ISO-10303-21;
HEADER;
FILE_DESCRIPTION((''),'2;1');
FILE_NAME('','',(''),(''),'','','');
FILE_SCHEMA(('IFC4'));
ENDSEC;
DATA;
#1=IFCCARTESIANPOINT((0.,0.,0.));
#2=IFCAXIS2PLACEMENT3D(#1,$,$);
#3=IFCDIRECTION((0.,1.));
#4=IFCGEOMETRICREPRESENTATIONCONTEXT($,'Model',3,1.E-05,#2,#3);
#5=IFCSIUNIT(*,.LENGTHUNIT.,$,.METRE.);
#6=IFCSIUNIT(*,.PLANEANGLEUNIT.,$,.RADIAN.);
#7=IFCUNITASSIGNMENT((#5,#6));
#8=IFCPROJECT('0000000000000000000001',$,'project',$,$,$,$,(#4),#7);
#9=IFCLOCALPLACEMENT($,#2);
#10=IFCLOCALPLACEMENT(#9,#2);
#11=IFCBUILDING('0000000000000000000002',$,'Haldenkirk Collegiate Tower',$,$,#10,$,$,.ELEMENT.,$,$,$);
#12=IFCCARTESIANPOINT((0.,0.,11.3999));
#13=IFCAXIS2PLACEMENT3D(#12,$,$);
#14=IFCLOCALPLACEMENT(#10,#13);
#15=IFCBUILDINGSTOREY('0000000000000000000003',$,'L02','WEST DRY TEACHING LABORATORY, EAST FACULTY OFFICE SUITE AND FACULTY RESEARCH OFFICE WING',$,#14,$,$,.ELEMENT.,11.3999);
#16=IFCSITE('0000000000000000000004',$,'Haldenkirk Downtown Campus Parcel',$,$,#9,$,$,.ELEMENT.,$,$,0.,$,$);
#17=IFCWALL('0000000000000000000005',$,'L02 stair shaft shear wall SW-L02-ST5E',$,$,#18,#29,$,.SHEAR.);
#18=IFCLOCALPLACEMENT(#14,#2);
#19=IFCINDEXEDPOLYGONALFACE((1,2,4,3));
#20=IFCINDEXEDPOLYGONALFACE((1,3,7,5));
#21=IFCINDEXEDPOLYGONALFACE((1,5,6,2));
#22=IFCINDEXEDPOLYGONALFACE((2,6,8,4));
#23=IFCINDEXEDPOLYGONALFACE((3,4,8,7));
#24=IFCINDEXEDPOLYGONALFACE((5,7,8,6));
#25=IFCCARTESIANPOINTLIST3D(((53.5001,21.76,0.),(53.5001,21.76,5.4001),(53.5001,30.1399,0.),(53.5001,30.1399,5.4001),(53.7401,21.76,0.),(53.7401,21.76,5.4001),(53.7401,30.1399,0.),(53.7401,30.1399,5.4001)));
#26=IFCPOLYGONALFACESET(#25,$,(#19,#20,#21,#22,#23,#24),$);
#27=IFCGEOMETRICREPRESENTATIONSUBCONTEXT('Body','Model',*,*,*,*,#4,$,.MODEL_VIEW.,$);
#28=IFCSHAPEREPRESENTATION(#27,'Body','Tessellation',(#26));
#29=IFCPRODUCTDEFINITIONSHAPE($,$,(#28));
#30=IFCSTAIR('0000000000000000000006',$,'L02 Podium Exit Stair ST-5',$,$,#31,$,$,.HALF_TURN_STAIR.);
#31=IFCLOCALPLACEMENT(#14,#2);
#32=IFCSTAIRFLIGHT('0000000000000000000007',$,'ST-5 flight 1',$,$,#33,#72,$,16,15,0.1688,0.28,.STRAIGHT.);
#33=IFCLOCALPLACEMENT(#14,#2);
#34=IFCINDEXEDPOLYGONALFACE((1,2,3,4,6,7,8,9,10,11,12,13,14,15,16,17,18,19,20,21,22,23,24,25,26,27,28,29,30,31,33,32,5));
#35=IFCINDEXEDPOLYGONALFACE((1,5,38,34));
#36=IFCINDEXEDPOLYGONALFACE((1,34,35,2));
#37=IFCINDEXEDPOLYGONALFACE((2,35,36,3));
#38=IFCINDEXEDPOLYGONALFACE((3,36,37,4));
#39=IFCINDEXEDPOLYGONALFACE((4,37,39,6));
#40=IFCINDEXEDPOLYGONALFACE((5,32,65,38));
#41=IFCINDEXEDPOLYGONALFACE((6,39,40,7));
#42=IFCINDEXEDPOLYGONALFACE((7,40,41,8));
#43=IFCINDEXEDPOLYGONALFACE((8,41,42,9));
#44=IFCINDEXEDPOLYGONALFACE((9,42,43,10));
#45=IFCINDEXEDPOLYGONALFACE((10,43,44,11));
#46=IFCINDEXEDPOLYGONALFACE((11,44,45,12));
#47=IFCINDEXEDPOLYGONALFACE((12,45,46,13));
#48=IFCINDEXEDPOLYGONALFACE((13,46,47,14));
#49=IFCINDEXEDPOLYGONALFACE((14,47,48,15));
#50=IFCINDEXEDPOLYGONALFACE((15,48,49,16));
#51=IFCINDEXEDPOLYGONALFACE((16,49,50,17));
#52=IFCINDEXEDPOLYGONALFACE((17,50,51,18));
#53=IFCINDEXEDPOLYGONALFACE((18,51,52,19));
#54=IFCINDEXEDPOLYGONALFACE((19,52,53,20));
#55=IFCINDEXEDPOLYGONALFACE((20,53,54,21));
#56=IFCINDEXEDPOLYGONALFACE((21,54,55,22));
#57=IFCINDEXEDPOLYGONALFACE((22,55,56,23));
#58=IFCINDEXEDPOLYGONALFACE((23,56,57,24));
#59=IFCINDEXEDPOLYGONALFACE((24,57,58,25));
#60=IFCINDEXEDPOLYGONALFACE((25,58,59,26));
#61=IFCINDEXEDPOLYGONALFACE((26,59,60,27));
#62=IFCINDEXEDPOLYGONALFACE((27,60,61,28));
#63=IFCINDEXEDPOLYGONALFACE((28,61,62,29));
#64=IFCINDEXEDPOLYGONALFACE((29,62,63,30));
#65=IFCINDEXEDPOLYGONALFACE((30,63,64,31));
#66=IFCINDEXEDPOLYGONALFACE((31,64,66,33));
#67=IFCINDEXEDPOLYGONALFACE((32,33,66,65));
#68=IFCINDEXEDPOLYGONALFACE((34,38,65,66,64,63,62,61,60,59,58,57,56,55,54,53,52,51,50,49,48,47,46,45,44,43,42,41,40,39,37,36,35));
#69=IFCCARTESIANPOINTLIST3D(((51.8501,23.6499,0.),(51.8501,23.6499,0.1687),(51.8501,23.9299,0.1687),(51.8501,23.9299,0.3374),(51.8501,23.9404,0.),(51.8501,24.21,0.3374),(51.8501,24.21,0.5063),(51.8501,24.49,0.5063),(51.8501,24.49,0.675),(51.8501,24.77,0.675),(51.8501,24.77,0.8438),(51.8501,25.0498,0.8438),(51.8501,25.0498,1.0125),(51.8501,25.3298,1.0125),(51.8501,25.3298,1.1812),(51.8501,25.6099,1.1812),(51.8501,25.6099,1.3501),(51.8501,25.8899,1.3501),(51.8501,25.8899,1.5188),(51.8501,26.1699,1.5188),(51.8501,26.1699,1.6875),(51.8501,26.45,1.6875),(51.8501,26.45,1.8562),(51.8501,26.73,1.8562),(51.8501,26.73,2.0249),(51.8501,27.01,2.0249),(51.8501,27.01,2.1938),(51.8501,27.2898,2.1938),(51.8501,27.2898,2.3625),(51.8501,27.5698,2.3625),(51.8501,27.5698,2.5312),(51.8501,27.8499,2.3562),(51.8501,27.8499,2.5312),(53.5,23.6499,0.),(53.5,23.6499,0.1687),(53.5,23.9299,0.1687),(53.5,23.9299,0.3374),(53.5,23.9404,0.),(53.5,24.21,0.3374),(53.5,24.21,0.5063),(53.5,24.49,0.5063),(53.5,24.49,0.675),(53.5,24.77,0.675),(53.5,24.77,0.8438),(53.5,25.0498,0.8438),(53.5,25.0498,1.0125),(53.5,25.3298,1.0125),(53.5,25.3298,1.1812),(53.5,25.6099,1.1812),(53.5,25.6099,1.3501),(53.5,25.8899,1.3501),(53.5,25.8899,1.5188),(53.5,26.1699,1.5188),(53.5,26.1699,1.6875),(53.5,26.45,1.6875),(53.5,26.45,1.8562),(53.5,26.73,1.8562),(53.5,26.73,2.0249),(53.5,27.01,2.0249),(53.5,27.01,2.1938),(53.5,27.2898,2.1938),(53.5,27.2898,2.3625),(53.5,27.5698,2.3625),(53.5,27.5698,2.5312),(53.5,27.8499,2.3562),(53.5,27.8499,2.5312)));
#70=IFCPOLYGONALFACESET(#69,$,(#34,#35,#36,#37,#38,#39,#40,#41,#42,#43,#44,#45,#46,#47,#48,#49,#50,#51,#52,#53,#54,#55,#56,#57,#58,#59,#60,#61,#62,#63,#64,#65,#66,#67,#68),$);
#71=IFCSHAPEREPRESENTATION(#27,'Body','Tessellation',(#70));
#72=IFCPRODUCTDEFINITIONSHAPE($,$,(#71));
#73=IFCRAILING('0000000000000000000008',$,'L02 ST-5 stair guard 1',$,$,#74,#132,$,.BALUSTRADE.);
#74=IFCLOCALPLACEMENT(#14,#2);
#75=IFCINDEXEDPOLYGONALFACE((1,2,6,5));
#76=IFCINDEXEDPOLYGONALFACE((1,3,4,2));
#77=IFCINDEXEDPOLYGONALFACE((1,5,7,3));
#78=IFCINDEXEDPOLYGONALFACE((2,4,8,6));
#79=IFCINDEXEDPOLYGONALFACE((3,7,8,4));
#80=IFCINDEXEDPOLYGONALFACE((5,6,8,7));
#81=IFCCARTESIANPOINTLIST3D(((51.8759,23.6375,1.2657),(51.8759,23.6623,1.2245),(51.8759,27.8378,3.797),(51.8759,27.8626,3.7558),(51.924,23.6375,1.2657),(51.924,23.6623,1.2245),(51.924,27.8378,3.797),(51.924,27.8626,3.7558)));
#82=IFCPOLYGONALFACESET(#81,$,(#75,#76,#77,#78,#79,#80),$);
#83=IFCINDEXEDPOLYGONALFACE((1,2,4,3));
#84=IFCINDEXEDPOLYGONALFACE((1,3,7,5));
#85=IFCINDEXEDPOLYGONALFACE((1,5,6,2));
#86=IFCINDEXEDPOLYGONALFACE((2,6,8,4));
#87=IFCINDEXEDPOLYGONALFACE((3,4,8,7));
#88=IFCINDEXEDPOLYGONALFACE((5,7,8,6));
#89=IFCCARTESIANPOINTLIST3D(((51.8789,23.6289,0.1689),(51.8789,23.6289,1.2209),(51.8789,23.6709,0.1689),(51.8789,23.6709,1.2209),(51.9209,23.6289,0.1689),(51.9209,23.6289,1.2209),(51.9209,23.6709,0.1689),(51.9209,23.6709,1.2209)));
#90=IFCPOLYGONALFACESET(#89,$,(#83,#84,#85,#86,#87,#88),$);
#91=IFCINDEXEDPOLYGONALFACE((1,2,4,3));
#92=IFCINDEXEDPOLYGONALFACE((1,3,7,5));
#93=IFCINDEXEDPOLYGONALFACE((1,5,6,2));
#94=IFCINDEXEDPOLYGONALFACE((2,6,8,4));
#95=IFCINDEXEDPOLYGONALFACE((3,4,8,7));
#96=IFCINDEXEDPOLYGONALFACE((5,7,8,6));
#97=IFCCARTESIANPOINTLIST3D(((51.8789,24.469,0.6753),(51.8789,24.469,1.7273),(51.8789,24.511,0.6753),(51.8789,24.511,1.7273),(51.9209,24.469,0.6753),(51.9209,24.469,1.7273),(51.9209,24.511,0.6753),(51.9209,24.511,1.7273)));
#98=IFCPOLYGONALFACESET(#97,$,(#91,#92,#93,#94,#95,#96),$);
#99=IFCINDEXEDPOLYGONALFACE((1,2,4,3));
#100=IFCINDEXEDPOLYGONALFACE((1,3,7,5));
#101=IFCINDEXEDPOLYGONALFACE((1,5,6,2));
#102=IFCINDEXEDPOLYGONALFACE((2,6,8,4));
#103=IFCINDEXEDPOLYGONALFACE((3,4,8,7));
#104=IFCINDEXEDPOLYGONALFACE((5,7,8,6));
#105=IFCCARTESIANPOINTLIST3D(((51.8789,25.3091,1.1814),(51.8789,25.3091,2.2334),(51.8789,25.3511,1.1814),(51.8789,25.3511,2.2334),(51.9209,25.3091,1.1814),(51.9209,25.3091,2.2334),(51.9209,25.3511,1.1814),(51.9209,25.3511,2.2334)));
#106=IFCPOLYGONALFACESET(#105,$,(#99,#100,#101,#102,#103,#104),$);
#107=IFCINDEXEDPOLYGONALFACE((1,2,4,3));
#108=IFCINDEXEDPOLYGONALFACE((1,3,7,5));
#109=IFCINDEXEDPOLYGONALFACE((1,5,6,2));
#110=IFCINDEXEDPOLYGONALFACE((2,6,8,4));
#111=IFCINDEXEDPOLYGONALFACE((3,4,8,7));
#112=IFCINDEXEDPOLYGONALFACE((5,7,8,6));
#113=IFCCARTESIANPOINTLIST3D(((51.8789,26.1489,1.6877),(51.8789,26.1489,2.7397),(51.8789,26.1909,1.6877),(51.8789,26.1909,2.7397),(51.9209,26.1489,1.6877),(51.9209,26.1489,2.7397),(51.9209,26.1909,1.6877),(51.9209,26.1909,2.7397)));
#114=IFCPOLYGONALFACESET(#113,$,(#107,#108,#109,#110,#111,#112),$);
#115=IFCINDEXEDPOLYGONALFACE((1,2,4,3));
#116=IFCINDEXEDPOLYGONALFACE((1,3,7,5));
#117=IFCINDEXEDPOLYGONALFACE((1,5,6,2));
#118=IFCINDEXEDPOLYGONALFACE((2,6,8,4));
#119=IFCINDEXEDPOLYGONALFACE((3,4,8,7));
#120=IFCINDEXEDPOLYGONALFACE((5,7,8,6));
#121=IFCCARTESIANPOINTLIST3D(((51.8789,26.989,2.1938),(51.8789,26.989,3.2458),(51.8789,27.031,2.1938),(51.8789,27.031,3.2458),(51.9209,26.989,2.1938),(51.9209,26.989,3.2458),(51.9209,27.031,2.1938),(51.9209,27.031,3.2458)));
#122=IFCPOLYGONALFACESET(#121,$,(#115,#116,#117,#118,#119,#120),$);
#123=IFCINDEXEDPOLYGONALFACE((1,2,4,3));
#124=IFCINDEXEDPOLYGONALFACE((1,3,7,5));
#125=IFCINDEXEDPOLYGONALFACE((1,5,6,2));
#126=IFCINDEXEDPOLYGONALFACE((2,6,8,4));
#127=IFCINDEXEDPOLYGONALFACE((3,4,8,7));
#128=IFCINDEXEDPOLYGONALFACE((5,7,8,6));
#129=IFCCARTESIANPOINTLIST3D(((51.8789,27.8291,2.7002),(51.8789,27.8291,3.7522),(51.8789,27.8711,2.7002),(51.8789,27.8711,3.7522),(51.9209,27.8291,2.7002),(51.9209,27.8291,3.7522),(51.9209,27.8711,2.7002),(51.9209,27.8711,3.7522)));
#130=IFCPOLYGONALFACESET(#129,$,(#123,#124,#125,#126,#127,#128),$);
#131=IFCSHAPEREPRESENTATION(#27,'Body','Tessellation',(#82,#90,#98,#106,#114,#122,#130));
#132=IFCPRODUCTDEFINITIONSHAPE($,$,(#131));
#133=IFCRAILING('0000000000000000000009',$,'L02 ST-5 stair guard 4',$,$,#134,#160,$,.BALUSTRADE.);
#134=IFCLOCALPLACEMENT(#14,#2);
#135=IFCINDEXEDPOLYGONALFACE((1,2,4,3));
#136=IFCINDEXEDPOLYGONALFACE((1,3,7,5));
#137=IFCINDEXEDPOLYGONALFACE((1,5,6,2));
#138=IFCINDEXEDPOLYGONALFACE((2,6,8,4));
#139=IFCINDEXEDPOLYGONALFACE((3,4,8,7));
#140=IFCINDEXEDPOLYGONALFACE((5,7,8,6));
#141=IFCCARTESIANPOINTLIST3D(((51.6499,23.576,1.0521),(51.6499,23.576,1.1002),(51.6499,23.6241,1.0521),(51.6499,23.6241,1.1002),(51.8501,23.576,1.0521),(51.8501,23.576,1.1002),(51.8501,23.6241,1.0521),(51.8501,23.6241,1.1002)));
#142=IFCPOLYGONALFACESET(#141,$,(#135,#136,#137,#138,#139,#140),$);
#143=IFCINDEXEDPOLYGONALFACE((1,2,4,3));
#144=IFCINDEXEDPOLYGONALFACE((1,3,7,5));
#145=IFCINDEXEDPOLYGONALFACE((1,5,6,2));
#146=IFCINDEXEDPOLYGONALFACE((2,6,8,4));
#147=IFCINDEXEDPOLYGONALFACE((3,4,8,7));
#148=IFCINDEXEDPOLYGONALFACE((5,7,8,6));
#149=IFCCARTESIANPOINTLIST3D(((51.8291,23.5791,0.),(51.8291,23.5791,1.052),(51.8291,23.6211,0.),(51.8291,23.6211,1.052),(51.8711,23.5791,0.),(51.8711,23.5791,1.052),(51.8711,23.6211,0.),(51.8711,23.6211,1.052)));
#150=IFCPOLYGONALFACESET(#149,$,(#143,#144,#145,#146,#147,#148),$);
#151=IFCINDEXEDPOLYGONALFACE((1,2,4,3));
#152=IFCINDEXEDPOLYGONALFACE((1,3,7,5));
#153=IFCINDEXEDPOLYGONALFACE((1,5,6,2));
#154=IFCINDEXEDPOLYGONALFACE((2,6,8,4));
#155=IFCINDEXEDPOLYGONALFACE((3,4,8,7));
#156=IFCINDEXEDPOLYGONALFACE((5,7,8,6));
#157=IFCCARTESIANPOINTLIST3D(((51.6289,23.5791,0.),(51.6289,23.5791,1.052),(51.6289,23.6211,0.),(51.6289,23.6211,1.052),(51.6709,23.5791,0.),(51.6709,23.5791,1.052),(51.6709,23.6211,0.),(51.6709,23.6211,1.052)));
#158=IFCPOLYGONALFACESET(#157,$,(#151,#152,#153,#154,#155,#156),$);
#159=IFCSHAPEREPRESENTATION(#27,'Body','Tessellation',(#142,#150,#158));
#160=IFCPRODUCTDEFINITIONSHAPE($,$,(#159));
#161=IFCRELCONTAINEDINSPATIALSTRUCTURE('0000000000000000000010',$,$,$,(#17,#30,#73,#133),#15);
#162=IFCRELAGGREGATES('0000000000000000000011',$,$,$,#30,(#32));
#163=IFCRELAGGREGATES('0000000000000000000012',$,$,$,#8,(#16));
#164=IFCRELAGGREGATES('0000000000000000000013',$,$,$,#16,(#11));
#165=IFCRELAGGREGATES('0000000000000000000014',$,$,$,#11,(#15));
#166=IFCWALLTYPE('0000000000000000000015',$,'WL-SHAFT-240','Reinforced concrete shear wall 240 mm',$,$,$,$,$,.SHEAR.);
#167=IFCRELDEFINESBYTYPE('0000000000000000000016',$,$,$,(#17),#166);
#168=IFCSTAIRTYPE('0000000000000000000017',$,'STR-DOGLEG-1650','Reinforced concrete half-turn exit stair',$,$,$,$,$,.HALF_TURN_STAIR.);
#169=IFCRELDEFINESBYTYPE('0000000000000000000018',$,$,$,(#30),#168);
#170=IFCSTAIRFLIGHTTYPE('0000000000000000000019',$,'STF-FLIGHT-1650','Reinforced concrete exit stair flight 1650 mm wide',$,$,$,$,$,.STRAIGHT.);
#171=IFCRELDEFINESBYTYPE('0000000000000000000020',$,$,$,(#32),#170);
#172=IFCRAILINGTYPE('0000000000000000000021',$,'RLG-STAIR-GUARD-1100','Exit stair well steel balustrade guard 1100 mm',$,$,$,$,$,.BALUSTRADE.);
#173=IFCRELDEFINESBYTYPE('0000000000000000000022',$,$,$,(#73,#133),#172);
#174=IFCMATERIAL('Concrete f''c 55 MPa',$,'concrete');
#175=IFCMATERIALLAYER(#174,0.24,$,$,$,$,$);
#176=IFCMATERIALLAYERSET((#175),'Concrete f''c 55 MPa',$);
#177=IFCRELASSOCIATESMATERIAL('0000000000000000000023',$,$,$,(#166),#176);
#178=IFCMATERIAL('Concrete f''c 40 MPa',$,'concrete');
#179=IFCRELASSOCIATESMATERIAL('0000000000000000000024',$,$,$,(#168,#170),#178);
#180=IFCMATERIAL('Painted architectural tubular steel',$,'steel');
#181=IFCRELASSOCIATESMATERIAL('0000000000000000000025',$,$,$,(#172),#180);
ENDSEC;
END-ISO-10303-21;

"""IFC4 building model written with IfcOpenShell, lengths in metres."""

from ifc_helpers import new_model, si_unit, direction, frame, frame_2d, origin, origin_2d, place, context, subcontext, project, spatial, polyline, rectangle, outline, extrude, material, layer, layer_set, type_object, element, aggregate, save


model = new_model("IFC4")

# Units and contexts
model_context = context("Model", 3, precision=1e-05, world=origin(), true_north=direction((0.0, 1.0)))
body_context = subcontext(model_context, "Body", "Model", "MODEL_VIEW")
ifc_project = project(units=[si_unit("LENGTHUNIT", "METRE"), si_unit("PLANEANGLEUNIT", "RADIAN")], contexts=[model_context])

# Site, building, storey
site_placement = place(None, origin())
site = spatial("IfcSite", under=ifc_project, at=site_placement, Name="Haldenkirk Downtown Campus Parcel", CompositionType="ELEMENT", RefElevation=0.0)
building_placement = place(site_placement, origin())
building = spatial("IfcBuilding", under=site, at=building_placement, Name="Haldenkirk Collegiate Tower", CompositionType="ELEMENT")
storey_placement = place(building_placement, frame((0.0, 0.0, 11.3999)))
storey = spatial("IfcBuildingStorey", under=building, at=storey_placement, Name="L02", Description="WEST DRY TEACHING LABORATORY, EAST FACULTY OFFICE SUITE AND FACULTY RESEARCH OFFICE WING", CompositionType="ELEMENT", Elevation=11.3999)

# Wall
ifc_material_1 = material(Name="Concrete f'c 55 MPa", Category="concrete")
ifc_layer_1 = layer(ifc_material_1, 0.24)
ifc_layer_set_1 = layer_set([ifc_layer_1], Name="Concrete f'c 55 MPa")
wall_type_1 = type_object("IfcWallType", Name="WL-SHAFT-240", Description="Reinforced concrete shear wall 240 mm", PredefinedType="SHEAR", material=ifc_layer_set_1)
for number, where, z_axis, x_axis, name in (
    (1, (53.6201, 21.76, 0.0), (0.0, 0.0, 1.0), (0.0, 1.0, 0.0), "L02 stair shaft shear wall SW-L02-ST5E"),
):
    element("IfcWall", number, at=place(storey_placement, frame(where, z_axis=z_axis, x_axis=x_axis)), inside=storey, type_object=wall_type_1, Name=name, PredefinedType="SHEAR", context=body_context, shape_type="SweptSolid", body=[
        extrude(rectangle(XDim=8.3799, YDim=0.24, at=frame_2d((4.1899, 0.0))), origin(), (0.0, 0.0, 1.0), 5.4001),
    ])

# Stair, stair flight
ifc_material_2 = material(Name="Concrete f'c 40 MPa", Category="concrete")
stair_type = type_object("IfcStairType", Name="STR-DOGLEG-1650", Description="Reinforced concrete half-turn exit stair", PredefinedType="HALF_TURN_STAIR", material=ifc_material_2)
stair_placement = place(storey_placement, origin())
stair = element("IfcStair", 2, at=stair_placement, inside=storey, type_object=stair_type, Name="L02 Podium Exit Stair ST-5", PredefinedType="HALF_TURN_STAIR")
stair_flight_type = type_object("IfcStairFlightType", Name="STF-FLIGHT-1650", Description="Reinforced concrete exit stair flight 1650 mm wide", PredefinedType="STRAIGHT", material=ifc_material_2)
stair_flight_placement = place(storey_placement, frame((52.675, 23.6499, 0.0), z_axis=(0.0, 0.0, 1.0), x_axis=(0.0, 1.0, 0.0)))
stair_flight = element("IfcStairFlight", 3, at=stair_flight_placement, type_object=stair_flight_type, Name="ST-5 flight 1", NumberOfRisers=16, NumberOfTreads=15, PredefinedType="STRAIGHT", RiserHeight=0.1688, TreadLength=0.28, context=body_context, shape_type="SweptSolid", body=[
    extrude(outline(polyline([(0.0, 0.0), (0.0, 0.1687), (0.28, 0.1687), (0.28, 0.3374), (0.5601, 0.3374), (0.5601, 0.5063), (0.8401, 0.5063), (0.8401, 0.675), (1.1201, 0.675), (1.1201, 0.8438), (1.3999, 0.8438), (1.3999, 1.0125), (1.6799, 1.0125), (1.6799, 1.1812), (1.96, 1.1812), (1.96, 1.3501), (2.24, 1.3501), (2.24, 1.5188), (2.52, 1.5188), (2.52, 1.6875), (2.8, 1.6875), (2.8, 1.8562), (3.0801, 1.8562), (3.0801, 2.0249), (3.3601, 2.0249), (3.3601, 2.1938), (3.6399, 2.1938), (3.6399, 2.3625), (3.9199, 2.3625), (3.9199, 2.5312), (4.2, 2.5312), (4.2, 2.7), (4.2, 2.3562), (0.2905, 0.0), (0.0, 0.0)])), frame((0.0, 0.825, 0.0), z_axis=(0.0, -1.0, 0.0), x_axis=(1.0, 0.0, 0.0)), (0.0, 0.0, 1.0), 1.6499),
])
aggregate(stair, [stair_flight])

# Railings
ifc_material_3 = material(Name="Painted architectural tubular steel", Category="steel")
railing_type_1 = type_object("IfcRailingType", Name="RLG-STAIR-GUARD-1100", Description="Exit stair well steel balustrade guard 1100 mm", PredefinedType="BALUSTRADE", material=ifc_material_3)
railing_1_placement = place(storey_placement, frame((51.8999, 23.6499, 0.1689)))
element("IfcRailing", 4, at=railing_1_placement, inside=storey, type_object=railing_type_1, Name="L02 ST-5 stair guard 1", PredefinedType="BALUSTRADE", context=body_context, shape_type="SweptSolid", body=[
    extrude(rectangle(XDim=0.0481, YDim=0.0481, at=origin_2d()), frame((0.0, 0.0, 1.0762), z_axis=(0.0, 0.85649, 0.516164), x_axis=(-1.0, 0.0, 0.0)), (0.0, 0.0, 1.0), 4.9041),
    extrude(rectangle(XDim=0.042, YDim=0.042, at=origin_2d()), origin(), (0.0, 0.0, 1.0), 1.052),
    extrude(rectangle(XDim=0.042, YDim=0.042, at=origin_2d()), frame((0.0, 0.8401, 0.5063)), (0.0, 0.0, 1.0), 1.052),
    extrude(rectangle(XDim=0.042, YDim=0.042, at=origin_2d()), frame((0.0, 1.6802, 1.0125)), (0.0, 0.0, 1.0), 1.052),
    extrude(rectangle(XDim=0.042, YDim=0.042, at=origin_2d()), frame((0.0, 2.52, 1.5188)), (0.0, 0.0, 1.0), 1.052),
    extrude(rectangle(XDim=0.042, YDim=0.042, at=origin_2d()), frame((0.0, 3.3601, 2.0249)), (0.0, 0.0, 1.0), 1.052),
    extrude(rectangle(XDim=0.042, YDim=0.042, at=origin_2d()), frame((0.0, 4.2002, 2.5312)), (0.0, 0.0, 1.0), 1.052),
])
railing_2_placement = place(storey_placement, frame((51.8501, 23.6001, 0.0)))
element("IfcRailing", 5, at=railing_2_placement, inside=storey, type_object=railing_type_1, Name="L02 ST-5 stair guard 4", PredefinedType="BALUSTRADE", context=body_context, shape_type="SweptSolid", body=[
    extrude(rectangle(XDim=0.0481, YDim=0.0481, at=origin_2d()), frame((0.0, 0.0, 1.0762), z_axis=(-1.0, 0.0, 0.0), x_axis=(0.0, -1.0, 0.0)), (0.0, 0.0, 1.0), 0.2002),
    extrude(rectangle(XDim=0.042, YDim=0.042, at=origin_2d()), origin(), (0.0, 0.0, 1.0), 1.052),
    extrude(rectangle(XDim=0.042, YDim=0.042, at=origin_2d()), frame((-0.2002, 0.0, 0.0)), (0.0, 0.0, 1.0), 1.052),
])

save(model, "model.ifc")
